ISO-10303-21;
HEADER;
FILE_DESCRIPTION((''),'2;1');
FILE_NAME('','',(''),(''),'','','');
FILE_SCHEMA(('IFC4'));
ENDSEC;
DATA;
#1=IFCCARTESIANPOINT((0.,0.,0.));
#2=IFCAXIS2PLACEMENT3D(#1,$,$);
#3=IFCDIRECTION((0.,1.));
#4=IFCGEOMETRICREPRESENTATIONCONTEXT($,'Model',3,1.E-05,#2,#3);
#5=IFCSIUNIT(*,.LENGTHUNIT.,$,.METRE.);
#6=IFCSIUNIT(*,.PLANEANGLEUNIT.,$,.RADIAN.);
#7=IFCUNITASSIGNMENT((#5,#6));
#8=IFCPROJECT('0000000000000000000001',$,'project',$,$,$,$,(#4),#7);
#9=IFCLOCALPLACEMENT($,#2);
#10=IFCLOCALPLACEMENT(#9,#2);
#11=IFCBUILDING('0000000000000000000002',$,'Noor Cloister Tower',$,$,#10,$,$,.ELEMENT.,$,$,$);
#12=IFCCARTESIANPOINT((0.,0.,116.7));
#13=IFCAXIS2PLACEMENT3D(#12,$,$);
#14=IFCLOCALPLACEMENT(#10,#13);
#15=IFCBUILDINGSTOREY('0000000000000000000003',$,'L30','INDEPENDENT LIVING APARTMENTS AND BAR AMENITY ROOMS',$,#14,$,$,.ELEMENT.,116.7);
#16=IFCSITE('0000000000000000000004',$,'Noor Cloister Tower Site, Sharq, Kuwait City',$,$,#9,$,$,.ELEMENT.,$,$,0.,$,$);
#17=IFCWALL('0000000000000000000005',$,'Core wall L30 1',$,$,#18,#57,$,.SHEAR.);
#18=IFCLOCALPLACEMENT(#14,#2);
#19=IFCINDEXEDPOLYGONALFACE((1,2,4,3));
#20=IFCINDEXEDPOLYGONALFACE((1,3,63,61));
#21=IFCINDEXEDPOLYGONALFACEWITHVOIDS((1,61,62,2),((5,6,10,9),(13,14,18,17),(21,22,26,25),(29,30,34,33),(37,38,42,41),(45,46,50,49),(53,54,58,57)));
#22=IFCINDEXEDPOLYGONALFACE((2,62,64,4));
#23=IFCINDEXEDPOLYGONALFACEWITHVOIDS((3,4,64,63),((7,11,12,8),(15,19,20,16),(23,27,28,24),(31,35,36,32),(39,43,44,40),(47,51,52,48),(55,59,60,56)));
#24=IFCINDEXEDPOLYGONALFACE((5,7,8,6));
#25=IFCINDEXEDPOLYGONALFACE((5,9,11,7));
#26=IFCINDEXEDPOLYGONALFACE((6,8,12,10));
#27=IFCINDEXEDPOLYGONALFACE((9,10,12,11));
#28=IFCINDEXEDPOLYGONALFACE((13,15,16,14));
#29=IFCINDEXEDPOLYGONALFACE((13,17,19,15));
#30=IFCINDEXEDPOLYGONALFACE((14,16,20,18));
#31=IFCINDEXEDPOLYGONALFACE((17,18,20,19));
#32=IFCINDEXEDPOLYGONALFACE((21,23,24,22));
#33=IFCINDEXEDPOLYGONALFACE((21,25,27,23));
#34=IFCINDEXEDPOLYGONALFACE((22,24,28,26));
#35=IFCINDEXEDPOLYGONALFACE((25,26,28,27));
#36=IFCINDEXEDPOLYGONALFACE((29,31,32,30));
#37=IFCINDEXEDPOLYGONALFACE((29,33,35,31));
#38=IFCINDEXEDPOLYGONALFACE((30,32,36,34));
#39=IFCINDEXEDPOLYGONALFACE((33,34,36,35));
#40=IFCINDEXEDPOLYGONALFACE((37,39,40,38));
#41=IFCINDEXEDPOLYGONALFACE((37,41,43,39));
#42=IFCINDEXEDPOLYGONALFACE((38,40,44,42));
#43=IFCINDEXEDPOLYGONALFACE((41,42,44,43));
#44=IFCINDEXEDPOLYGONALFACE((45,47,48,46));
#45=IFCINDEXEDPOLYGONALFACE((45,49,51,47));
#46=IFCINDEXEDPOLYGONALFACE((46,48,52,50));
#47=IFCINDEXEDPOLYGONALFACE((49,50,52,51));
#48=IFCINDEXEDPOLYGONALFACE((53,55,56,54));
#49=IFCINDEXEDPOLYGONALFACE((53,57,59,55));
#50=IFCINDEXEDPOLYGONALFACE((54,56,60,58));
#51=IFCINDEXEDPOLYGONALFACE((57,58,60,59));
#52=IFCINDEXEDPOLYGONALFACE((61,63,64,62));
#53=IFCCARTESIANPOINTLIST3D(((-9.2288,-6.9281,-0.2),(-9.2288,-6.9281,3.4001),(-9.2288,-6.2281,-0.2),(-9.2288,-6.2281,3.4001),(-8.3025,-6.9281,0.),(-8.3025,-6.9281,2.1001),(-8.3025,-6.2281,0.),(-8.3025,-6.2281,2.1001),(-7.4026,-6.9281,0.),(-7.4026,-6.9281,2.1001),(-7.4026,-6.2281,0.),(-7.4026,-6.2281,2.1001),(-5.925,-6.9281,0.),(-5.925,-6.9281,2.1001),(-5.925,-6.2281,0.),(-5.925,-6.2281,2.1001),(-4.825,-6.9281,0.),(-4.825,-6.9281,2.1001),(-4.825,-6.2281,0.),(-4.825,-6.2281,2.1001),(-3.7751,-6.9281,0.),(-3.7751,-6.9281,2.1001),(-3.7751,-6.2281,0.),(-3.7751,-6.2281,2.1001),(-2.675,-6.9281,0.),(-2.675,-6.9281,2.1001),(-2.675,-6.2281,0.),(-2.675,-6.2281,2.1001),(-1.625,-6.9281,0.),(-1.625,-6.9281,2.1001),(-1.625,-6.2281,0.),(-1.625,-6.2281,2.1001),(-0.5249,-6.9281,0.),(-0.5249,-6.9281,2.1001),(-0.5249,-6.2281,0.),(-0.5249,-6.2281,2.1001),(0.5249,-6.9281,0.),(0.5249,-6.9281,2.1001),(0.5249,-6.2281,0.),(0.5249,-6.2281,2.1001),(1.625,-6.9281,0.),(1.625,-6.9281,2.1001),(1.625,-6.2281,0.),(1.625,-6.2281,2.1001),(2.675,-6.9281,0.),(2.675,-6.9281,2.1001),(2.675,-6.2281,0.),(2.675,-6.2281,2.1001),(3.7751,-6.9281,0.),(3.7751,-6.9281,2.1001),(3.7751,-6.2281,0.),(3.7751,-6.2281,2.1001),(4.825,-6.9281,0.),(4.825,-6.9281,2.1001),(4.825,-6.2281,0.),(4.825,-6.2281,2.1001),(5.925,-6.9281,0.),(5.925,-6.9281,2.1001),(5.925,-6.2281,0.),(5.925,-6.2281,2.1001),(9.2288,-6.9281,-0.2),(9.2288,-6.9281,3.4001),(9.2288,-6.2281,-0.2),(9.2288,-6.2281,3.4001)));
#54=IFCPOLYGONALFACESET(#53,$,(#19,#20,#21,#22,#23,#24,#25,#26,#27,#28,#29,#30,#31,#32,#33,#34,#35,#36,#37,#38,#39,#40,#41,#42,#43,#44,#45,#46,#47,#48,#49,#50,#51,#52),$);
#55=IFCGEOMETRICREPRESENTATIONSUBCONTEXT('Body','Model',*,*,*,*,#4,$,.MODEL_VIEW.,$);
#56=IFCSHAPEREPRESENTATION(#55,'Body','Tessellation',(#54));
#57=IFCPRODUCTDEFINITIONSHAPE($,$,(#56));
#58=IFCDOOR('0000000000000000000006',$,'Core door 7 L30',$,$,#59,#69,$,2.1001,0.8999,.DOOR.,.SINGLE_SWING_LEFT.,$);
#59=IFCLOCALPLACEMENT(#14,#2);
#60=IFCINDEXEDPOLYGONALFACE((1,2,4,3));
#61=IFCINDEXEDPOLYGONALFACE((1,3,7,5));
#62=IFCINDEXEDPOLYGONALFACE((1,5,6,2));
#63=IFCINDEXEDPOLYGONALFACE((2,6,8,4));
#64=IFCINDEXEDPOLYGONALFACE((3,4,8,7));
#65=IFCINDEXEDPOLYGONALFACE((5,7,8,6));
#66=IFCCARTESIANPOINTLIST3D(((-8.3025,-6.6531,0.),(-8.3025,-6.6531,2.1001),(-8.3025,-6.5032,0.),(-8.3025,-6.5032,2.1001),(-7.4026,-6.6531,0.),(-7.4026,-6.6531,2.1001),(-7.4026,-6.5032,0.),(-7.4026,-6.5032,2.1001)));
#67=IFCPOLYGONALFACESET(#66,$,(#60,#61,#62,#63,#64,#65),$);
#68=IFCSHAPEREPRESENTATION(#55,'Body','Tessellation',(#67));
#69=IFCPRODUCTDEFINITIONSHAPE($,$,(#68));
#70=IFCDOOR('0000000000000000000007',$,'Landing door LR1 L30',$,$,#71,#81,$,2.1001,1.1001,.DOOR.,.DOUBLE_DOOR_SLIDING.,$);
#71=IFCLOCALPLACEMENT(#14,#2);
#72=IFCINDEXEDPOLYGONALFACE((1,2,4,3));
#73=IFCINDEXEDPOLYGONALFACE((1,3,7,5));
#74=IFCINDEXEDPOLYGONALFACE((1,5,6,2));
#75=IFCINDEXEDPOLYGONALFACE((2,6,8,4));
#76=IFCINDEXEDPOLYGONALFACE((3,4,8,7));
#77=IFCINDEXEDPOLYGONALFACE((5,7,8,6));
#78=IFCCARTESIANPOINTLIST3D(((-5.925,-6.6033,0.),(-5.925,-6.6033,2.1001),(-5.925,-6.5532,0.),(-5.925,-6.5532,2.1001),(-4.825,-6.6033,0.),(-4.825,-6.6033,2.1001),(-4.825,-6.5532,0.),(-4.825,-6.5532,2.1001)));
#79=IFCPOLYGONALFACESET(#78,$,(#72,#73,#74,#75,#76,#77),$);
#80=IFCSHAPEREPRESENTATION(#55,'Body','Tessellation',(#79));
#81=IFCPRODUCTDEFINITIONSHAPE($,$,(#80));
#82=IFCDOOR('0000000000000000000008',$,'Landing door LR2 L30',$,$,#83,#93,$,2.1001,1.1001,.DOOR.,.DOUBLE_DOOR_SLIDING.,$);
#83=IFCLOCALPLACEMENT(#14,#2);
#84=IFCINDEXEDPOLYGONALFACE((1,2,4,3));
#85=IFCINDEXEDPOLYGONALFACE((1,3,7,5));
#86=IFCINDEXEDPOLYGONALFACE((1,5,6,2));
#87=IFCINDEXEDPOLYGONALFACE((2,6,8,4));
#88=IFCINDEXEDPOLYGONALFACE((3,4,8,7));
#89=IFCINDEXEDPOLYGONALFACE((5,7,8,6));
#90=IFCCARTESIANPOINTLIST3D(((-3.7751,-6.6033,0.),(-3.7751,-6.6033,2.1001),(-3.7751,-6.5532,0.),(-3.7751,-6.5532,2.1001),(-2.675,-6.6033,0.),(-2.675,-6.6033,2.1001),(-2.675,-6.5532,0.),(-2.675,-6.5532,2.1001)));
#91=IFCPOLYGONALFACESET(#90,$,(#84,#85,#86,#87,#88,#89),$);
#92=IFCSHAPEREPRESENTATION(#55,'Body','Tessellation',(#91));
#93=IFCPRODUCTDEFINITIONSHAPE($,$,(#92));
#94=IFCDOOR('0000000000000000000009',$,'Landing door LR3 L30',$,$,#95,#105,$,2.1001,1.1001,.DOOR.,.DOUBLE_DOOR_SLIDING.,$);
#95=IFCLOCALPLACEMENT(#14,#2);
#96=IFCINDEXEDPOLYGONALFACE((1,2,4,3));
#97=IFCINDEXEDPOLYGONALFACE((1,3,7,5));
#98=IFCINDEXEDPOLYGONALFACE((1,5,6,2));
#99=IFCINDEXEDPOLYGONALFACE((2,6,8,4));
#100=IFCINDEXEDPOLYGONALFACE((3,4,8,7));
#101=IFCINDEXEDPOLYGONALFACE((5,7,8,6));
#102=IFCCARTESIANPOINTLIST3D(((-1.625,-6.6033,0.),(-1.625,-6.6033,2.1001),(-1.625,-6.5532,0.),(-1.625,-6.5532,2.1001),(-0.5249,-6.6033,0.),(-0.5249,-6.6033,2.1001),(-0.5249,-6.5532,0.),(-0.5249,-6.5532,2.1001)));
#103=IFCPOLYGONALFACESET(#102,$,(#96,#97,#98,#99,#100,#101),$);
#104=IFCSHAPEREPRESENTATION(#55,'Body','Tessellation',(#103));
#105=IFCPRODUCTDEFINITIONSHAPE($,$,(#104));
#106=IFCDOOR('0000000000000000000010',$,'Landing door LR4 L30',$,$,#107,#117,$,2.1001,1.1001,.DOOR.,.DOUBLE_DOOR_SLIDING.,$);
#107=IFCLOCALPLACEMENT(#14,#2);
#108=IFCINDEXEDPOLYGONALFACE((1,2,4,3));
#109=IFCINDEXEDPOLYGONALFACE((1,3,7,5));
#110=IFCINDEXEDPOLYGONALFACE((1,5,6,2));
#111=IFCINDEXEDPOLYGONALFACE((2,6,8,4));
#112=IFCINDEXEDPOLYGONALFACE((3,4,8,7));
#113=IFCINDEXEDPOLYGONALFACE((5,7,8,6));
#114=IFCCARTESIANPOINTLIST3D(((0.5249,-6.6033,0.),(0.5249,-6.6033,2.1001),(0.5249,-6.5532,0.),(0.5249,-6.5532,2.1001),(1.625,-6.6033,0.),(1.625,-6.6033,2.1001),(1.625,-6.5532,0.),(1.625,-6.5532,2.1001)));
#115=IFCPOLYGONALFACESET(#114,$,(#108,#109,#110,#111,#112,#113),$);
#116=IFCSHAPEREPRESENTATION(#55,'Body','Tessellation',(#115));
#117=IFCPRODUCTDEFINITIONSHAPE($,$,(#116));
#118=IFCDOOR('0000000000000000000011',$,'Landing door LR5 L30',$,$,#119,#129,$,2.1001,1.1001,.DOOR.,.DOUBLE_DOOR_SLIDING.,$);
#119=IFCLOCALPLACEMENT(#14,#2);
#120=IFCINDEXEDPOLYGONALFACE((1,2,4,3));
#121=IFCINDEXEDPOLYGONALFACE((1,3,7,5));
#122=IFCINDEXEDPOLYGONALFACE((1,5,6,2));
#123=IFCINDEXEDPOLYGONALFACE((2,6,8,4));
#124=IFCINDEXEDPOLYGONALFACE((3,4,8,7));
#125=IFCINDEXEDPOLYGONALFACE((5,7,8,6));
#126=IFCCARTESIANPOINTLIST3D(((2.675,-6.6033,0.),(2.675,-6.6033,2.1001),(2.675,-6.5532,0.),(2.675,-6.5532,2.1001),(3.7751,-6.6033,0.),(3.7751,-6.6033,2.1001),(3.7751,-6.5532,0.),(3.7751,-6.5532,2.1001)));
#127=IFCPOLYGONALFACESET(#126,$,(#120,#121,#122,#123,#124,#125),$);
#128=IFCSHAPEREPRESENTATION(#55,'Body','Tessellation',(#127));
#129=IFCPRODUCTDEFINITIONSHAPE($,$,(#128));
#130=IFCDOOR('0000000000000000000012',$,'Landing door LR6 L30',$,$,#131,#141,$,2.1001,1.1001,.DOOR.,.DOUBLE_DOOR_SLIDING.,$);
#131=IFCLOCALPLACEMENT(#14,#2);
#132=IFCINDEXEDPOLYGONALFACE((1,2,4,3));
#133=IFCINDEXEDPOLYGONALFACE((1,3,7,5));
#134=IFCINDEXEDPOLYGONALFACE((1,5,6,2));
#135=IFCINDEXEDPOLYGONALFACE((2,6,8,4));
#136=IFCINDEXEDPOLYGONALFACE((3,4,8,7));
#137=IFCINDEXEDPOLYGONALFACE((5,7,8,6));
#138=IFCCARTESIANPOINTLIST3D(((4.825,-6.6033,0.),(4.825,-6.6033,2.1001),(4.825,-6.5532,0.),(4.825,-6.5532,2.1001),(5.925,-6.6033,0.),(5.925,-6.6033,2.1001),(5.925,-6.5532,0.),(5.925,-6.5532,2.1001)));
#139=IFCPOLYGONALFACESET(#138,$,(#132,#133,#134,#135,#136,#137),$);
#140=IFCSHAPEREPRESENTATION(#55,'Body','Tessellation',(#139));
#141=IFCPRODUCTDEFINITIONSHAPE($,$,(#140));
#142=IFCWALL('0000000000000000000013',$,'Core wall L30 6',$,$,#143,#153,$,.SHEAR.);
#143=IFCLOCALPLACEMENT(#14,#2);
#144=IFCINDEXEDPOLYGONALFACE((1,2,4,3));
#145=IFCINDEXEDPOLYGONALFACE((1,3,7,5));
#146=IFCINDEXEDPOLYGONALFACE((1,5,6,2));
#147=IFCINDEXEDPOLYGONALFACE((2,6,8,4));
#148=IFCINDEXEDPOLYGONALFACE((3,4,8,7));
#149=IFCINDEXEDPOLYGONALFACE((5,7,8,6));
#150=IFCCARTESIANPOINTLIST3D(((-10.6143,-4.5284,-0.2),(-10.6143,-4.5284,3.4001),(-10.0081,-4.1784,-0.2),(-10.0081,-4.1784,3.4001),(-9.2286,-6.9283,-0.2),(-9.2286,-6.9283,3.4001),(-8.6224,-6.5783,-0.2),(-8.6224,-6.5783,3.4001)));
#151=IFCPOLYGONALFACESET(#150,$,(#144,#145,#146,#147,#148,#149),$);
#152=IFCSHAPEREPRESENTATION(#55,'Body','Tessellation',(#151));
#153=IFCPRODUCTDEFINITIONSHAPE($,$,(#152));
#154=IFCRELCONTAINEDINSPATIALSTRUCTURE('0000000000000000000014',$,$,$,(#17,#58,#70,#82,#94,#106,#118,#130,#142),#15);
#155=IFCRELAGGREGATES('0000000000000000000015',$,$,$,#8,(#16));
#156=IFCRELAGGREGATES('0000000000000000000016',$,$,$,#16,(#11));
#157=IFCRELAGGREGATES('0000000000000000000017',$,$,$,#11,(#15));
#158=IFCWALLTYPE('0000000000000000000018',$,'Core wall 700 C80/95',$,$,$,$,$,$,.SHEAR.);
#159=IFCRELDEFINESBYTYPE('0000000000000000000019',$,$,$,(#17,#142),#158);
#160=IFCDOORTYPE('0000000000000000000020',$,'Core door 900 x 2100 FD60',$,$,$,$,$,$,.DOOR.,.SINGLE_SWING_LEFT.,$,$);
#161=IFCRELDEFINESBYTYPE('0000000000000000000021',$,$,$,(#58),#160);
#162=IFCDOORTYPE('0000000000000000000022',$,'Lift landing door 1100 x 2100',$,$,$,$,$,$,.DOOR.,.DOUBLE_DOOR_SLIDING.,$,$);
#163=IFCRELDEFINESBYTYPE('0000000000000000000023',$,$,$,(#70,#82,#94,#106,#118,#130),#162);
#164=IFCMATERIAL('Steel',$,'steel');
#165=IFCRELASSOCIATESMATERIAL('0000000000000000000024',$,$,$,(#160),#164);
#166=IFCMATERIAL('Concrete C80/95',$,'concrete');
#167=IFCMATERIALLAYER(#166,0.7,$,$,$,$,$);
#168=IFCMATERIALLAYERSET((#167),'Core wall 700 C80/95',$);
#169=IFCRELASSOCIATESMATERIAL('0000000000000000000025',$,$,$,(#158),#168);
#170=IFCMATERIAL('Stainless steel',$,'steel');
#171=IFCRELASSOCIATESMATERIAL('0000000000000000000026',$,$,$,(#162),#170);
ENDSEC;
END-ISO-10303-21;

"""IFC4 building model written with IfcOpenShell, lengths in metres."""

from ifc_helpers import new_model, si_unit, direction, frame, frame_2d, origin, place, context, subcontext, project, spatial, rectangle, extrude, material, layer, layer_set, type_object, element, fill, save


model = new_model("IFC4")

# Units and contexts
model_context = context("Model", 3, precision=1e-05, world=origin(), true_north=direction((0.0, 1.0)))
body_context = subcontext(model_context, "Body", "Model", "MODEL_VIEW")
ifc_project = project(units=[si_unit("LENGTHUNIT", "METRE"), si_unit("PLANEANGLEUNIT", "RADIAN")], contexts=[model_context])

# Site, building, storey
site_placement = place(None, origin())
site = spatial("IfcSite", under=ifc_project, at=site_placement, Name="Noor Cloister Tower Site, Sharq, Kuwait City", CompositionType="ELEMENT", RefElevation=0.0)
building_placement = place(site_placement, origin())
building = spatial("IfcBuilding", under=site, at=building_placement, Name="Noor Cloister Tower", CompositionType="ELEMENT")
storey_placement = place(building_placement, frame((0.0, 0.0, 116.7)))
storey = spatial("IfcBuildingStorey", under=building, at=storey_placement, Name="L30", Description="INDEPENDENT LIVING APARTMENTS AND BAR AMENITY ROOMS", CompositionType="ELEMENT", Elevation=116.7)

# Shared definitions
ifc_material_1 = material(Name="Steel", Category="steel")
door_type_1 = type_object("IfcDoorType", Name="Core door 900 x 2100 FD60", OperationType="SINGLE_SWING_LEFT", PredefinedType="DOOR", material=ifc_material_1)

# Wall, openings, doors
ifc_material_2 = material(Name="Concrete C80/95", Category="concrete")
ifc_layer_1 = layer(ifc_material_2, 0.7)
ifc_layer_set_1 = layer_set([ifc_layer_1], Name="Core wall 700 C80/95")
wall_type_1 = type_object("IfcWallType", Name="Core wall 700 C80/95", PredefinedType="SHEAR", material=ifc_layer_set_1)
wall_1_placement = place(storey_placement, frame((-9.2288, -6.5781, -0.2), z_axis=(0.0, 0.0, 1.0), x_axis=(1.0, 0.0, 0.0)))
wall_1 = element("IfcWall", 1, at=wall_1_placement, inside=storey, type_object=wall_type_1, Name="Core wall L30 1", PredefinedType="SHEAR", context=body_context, shape_type="SweptSolid", body=[
    extrude(rectangle(XDim=18.4575, YDim=0.7, at=frame_2d((9.2288, 0.0))), origin(), (0.0, 0.0, 1.0), 3.6001),
])
opening_1_placement = place(wall_1_placement, frame((3.3037, 0.0, 0.2)))
opening_1 = element("IfcOpeningElement", 2, at=opening_1_placement, cuts=wall_1, PredefinedType="OPENING", context=body_context, shape_type="SweptSolid", body=[
    extrude(rectangle(XDim=1.1001, YDim=2.1001, at=frame_2d((0.55, 1.05))), frame((0.0, 0.3599, 0.0), z_axis=(0.0, -1.0, 0.0), x_axis=(1.0, 0.0, 0.0)), (0.0, 0.0, 1.0), 0.72),
])
opening_2_placement = place(wall_1_placement, frame((5.4536, 0.0, 0.2)))
opening_2 = element("IfcOpeningElement", 3, at=opening_2_placement, cuts=wall_1, PredefinedType="OPENING", context=body_context, shape_type="SweptSolid", body=[
    extrude(rectangle(XDim=1.1001, YDim=2.1001, at=frame_2d((0.55, 1.05))), frame((0.0, 0.3599, 0.0), z_axis=(0.0, -1.0, 0.0), x_axis=(1.0, 0.0, 0.0)), (0.0, 0.0, 1.0), 0.72),
])
opening_3_placement = place(wall_1_placement, frame((7.6038, 0.0, 0.2)))
opening_3 = element("IfcOpeningElement", 4, at=opening_3_placement, cuts=wall_1, PredefinedType="OPENING", context=body_context, shape_type="SweptSolid", body=[
    extrude(rectangle(XDim=1.1001, YDim=2.1001, at=frame_2d((0.55, 1.05))), frame((0.0, 0.3599, 0.0), z_axis=(0.0, -1.0, 0.0), x_axis=(1.0, 0.0, 0.0)), (0.0, 0.0, 1.0), 0.72),
])
opening_4_placement = place(wall_1_placement, frame((9.7537, 0.0, 0.2)))
opening_4 = element("IfcOpeningElement", 5, at=opening_4_placement, cuts=wall_1, PredefinedType="OPENING", context=body_context, shape_type="SweptSolid", body=[
    extrude(rectangle(XDim=1.1001, YDim=2.1001, at=frame_2d((0.55, 1.05))), frame((0.0, 0.3599, 0.0), z_axis=(0.0, -1.0, 0.0), x_axis=(1.0, 0.0, 0.0)), (0.0, 0.0, 1.0), 0.72),
])
opening_5_placement = place(wall_1_placement, frame((11.9038, 0.0, 0.2)))
opening_5 = element("IfcOpeningElement", 6, at=opening_5_placement, cuts=wall_1, PredefinedType="OPENING", context=body_context, shape_type="SweptSolid", body=[
    extrude(rectangle(XDim=1.1001, YDim=2.1001, at=frame_2d((0.55, 1.05))), frame((0.0, 0.3599, 0.0), z_axis=(0.0, -1.0, 0.0), x_axis=(1.0, 0.0, 0.0)), (0.0, 0.0, 1.0), 0.72),
])
opening_6_placement = place(wall_1_placement, frame((14.0537, 0.0, 0.2)))
opening_6 = element("IfcOpeningElement", 7, at=opening_6_placement, cuts=wall_1, PredefinedType="OPENING", context=body_context, shape_type="SweptSolid", body=[
    extrude(rectangle(XDim=1.1001, YDim=2.1001, at=frame_2d((0.55, 1.05))), frame((0.0, 0.3599, 0.0), z_axis=(0.0, -1.0, 0.0), x_axis=(1.0, 0.0, 0.0)), (0.0, 0.0, 1.0), 0.72),
])
opening_7_placement = place(wall_1_placement, frame((0.9263, 0.0, 0.2)))
opening_7 = element("IfcOpeningElement", 8, at=opening_7_placement, cuts=wall_1, PredefinedType="OPENING", context=body_context, shape_type="SweptSolid", body=[
    extrude(rectangle(XDim=0.8999, YDim=2.1001, at=frame_2d((0.45, 1.05))), frame((0.0, 0.3599, 0.0), z_axis=(0.0, -1.0, 0.0), x_axis=(1.0, 0.0, 0.0)), (0.0, 0.0, 1.0), 0.72),
])
door_1_placement = place(opening_7_placement, origin())
door_1 = element("IfcDoor", 9, at=door_1_placement, inside=storey, type_object=door_type_1, Name="Core door 7 L30", OperationType="SINGLE_SWING_LEFT", OverallHeight=2.1001, OverallWidth=0.8999, PredefinedType="DOOR", context=body_context, shape_type="SweptSolid", body=[
    extrude(rectangle(XDim=0.8999, YDim=2.1001, at=frame_2d((0.45, 1.05))), frame((0.0, 0.075, 0.0), z_axis=(0.0, -1.0, 0.0), x_axis=(1.0, 0.0, 0.0)), (0.0, 0.0, 1.0), 0.1499),
])
fill(opening_7, door_1)
ifc_material_3 = material(Name="Stainless steel", Category="steel")
door_type_2 = type_object("IfcDoorType", Name="Lift landing door 1100 x 2100", OperationType="DOUBLE_DOOR_SLIDING", PredefinedType="DOOR", material=ifc_material_3)
door_2_placement = place(opening_1_placement, origin())
door_2 = element("IfcDoor", 10, at=door_2_placement, inside=storey, type_object=door_type_2, Name="Landing door LR1 L30", OperationType="DOUBLE_DOOR_SLIDING", OverallHeight=2.1001, OverallWidth=1.1001, PredefinedType="DOOR", context=body_context, shape_type="SweptSolid", body=[
    extrude(rectangle(XDim=1.1001, YDim=2.1001, at=frame_2d((0.55, 1.05))), frame((0.0, 0.0249, 0.0), z_axis=(0.0, -1.0, 0.0), x_axis=(1.0, 0.0, 0.0)), (0.0, 0.0, 1.0), 0.05),
])
fill(opening_1, door_2)
door_3_placement = place(opening_2_placement, origin())
door_3 = element("IfcDoor", 11, at=door_3_placement, inside=storey, type_object=door_type_2, Name="Landing door LR2 L30", OperationType="DOUBLE_DOOR_SLIDING", OverallHeight=2.1001, OverallWidth=1.1001, PredefinedType="DOOR", context=body_context, shape_type="SweptSolid", body=[
    extrude(rectangle(XDim=1.1001, YDim=2.1001, at=frame_2d((0.55, 1.05))), frame((0.0, 0.0249, 0.0), z_axis=(0.0, -1.0, 0.0), x_axis=(1.0, 0.0, 0.0)), (0.0, 0.0, 1.0), 0.05),
])
fill(opening_2, door_3)
door_4_placement = place(opening_3_placement, origin())
door_4 = element("IfcDoor", 12, at=door_4_placement, inside=storey, type_object=door_type_2, Name="Landing door LR3 L30", OperationType="DOUBLE_DOOR_SLIDING", OverallHeight=2.1001, OverallWidth=1.1001, PredefinedType="DOOR", context=body_context, shape_type="SweptSolid", body=[
    extrude(rectangle(XDim=1.1001, YDim=2.1001, at=frame_2d((0.55, 1.05))), frame((0.0, 0.0249, 0.0), z_axis=(0.0, -1.0, 0.0), x_axis=(1.0, 0.0, 0.0)), (0.0, 0.0, 1.0), 0.05),
])
fill(opening_3, door_4)
door_5_placement = place(opening_4_placement, origin())
door_5 = element("IfcDoor", 13, at=door_5_placement, inside=storey, type_object=door_type_2, Name="Landing door LR4 L30", OperationType="DOUBLE_DOOR_SLIDING", OverallHeight=2.1001, OverallWidth=1.1001, PredefinedType="DOOR", context=body_context, shape_type="SweptSolid", body=[
    extrude(rectangle(XDim=1.1001, YDim=2.1001, at=frame_2d((0.55, 1.05))), frame((0.0, 0.0249, 0.0), z_axis=(0.0, -1.0, 0.0), x_axis=(1.0, 0.0, 0.0)), (0.0, 0.0, 1.0), 0.05),
])
fill(opening_4, door_5)
door_6_placement = place(opening_5_placement, origin())
door_6 = element("IfcDoor", 14, at=door_6_placement, inside=storey, type_object=door_type_2, Name="Landing door LR5 L30", OperationType="DOUBLE_DOOR_SLIDING", OverallHeight=2.1001, OverallWidth=1.1001, PredefinedType="DOOR", context=body_context, shape_type="SweptSolid", body=[
    extrude(rectangle(XDim=1.1001, YDim=2.1001, at=frame_2d((0.55, 1.05))), frame((0.0, 0.0249, 0.0), z_axis=(0.0, -1.0, 0.0), x_axis=(1.0, 0.0, 0.0)), (0.0, 0.0, 1.0), 0.05),
])
fill(opening_5, door_6)
door_7_placement = place(opening_6_placement, origin())
door_7 = element("IfcDoor", 15, at=door_7_placement, inside=storey, type_object=door_type_2, Name="Landing door LR6 L30", OperationType="DOUBLE_DOOR_SLIDING", OverallHeight=2.1001, OverallWidth=1.1001, PredefinedType="DOOR", context=body_context, shape_type="SweptSolid", body=[
    extrude(rectangle(XDim=1.1001, YDim=2.1001, at=frame_2d((0.55, 1.05))), frame((0.0, 0.0249, 0.0), z_axis=(0.0, -1.0, 0.0), x_axis=(1.0, 0.0, 0.0)), (0.0, 0.0, 1.0), 0.05),
])
fill(opening_6, door_7)

# Wall
wall_2_placement = place(storey_placement, frame((-10.3113, -4.3533, -0.2), z_axis=(0.0, 0.0, 1.0), x_axis=(0.500043, -0.866001, 0.0)))
element("IfcWall", 16, at=wall_2_placement, inside=storey, type_object=wall_type_1, Name="Core wall L30 6", PredefinedType="SHEAR", context=body_context, shape_type="SweptSolid", body=[
    extrude(rectangle(XDim=2.7712, YDim=0.7, at=frame_2d((1.3857, 0.0))), origin(), (0.0, 0.0, 1.0), 3.6001),
])

save(model, "model.ifc")
